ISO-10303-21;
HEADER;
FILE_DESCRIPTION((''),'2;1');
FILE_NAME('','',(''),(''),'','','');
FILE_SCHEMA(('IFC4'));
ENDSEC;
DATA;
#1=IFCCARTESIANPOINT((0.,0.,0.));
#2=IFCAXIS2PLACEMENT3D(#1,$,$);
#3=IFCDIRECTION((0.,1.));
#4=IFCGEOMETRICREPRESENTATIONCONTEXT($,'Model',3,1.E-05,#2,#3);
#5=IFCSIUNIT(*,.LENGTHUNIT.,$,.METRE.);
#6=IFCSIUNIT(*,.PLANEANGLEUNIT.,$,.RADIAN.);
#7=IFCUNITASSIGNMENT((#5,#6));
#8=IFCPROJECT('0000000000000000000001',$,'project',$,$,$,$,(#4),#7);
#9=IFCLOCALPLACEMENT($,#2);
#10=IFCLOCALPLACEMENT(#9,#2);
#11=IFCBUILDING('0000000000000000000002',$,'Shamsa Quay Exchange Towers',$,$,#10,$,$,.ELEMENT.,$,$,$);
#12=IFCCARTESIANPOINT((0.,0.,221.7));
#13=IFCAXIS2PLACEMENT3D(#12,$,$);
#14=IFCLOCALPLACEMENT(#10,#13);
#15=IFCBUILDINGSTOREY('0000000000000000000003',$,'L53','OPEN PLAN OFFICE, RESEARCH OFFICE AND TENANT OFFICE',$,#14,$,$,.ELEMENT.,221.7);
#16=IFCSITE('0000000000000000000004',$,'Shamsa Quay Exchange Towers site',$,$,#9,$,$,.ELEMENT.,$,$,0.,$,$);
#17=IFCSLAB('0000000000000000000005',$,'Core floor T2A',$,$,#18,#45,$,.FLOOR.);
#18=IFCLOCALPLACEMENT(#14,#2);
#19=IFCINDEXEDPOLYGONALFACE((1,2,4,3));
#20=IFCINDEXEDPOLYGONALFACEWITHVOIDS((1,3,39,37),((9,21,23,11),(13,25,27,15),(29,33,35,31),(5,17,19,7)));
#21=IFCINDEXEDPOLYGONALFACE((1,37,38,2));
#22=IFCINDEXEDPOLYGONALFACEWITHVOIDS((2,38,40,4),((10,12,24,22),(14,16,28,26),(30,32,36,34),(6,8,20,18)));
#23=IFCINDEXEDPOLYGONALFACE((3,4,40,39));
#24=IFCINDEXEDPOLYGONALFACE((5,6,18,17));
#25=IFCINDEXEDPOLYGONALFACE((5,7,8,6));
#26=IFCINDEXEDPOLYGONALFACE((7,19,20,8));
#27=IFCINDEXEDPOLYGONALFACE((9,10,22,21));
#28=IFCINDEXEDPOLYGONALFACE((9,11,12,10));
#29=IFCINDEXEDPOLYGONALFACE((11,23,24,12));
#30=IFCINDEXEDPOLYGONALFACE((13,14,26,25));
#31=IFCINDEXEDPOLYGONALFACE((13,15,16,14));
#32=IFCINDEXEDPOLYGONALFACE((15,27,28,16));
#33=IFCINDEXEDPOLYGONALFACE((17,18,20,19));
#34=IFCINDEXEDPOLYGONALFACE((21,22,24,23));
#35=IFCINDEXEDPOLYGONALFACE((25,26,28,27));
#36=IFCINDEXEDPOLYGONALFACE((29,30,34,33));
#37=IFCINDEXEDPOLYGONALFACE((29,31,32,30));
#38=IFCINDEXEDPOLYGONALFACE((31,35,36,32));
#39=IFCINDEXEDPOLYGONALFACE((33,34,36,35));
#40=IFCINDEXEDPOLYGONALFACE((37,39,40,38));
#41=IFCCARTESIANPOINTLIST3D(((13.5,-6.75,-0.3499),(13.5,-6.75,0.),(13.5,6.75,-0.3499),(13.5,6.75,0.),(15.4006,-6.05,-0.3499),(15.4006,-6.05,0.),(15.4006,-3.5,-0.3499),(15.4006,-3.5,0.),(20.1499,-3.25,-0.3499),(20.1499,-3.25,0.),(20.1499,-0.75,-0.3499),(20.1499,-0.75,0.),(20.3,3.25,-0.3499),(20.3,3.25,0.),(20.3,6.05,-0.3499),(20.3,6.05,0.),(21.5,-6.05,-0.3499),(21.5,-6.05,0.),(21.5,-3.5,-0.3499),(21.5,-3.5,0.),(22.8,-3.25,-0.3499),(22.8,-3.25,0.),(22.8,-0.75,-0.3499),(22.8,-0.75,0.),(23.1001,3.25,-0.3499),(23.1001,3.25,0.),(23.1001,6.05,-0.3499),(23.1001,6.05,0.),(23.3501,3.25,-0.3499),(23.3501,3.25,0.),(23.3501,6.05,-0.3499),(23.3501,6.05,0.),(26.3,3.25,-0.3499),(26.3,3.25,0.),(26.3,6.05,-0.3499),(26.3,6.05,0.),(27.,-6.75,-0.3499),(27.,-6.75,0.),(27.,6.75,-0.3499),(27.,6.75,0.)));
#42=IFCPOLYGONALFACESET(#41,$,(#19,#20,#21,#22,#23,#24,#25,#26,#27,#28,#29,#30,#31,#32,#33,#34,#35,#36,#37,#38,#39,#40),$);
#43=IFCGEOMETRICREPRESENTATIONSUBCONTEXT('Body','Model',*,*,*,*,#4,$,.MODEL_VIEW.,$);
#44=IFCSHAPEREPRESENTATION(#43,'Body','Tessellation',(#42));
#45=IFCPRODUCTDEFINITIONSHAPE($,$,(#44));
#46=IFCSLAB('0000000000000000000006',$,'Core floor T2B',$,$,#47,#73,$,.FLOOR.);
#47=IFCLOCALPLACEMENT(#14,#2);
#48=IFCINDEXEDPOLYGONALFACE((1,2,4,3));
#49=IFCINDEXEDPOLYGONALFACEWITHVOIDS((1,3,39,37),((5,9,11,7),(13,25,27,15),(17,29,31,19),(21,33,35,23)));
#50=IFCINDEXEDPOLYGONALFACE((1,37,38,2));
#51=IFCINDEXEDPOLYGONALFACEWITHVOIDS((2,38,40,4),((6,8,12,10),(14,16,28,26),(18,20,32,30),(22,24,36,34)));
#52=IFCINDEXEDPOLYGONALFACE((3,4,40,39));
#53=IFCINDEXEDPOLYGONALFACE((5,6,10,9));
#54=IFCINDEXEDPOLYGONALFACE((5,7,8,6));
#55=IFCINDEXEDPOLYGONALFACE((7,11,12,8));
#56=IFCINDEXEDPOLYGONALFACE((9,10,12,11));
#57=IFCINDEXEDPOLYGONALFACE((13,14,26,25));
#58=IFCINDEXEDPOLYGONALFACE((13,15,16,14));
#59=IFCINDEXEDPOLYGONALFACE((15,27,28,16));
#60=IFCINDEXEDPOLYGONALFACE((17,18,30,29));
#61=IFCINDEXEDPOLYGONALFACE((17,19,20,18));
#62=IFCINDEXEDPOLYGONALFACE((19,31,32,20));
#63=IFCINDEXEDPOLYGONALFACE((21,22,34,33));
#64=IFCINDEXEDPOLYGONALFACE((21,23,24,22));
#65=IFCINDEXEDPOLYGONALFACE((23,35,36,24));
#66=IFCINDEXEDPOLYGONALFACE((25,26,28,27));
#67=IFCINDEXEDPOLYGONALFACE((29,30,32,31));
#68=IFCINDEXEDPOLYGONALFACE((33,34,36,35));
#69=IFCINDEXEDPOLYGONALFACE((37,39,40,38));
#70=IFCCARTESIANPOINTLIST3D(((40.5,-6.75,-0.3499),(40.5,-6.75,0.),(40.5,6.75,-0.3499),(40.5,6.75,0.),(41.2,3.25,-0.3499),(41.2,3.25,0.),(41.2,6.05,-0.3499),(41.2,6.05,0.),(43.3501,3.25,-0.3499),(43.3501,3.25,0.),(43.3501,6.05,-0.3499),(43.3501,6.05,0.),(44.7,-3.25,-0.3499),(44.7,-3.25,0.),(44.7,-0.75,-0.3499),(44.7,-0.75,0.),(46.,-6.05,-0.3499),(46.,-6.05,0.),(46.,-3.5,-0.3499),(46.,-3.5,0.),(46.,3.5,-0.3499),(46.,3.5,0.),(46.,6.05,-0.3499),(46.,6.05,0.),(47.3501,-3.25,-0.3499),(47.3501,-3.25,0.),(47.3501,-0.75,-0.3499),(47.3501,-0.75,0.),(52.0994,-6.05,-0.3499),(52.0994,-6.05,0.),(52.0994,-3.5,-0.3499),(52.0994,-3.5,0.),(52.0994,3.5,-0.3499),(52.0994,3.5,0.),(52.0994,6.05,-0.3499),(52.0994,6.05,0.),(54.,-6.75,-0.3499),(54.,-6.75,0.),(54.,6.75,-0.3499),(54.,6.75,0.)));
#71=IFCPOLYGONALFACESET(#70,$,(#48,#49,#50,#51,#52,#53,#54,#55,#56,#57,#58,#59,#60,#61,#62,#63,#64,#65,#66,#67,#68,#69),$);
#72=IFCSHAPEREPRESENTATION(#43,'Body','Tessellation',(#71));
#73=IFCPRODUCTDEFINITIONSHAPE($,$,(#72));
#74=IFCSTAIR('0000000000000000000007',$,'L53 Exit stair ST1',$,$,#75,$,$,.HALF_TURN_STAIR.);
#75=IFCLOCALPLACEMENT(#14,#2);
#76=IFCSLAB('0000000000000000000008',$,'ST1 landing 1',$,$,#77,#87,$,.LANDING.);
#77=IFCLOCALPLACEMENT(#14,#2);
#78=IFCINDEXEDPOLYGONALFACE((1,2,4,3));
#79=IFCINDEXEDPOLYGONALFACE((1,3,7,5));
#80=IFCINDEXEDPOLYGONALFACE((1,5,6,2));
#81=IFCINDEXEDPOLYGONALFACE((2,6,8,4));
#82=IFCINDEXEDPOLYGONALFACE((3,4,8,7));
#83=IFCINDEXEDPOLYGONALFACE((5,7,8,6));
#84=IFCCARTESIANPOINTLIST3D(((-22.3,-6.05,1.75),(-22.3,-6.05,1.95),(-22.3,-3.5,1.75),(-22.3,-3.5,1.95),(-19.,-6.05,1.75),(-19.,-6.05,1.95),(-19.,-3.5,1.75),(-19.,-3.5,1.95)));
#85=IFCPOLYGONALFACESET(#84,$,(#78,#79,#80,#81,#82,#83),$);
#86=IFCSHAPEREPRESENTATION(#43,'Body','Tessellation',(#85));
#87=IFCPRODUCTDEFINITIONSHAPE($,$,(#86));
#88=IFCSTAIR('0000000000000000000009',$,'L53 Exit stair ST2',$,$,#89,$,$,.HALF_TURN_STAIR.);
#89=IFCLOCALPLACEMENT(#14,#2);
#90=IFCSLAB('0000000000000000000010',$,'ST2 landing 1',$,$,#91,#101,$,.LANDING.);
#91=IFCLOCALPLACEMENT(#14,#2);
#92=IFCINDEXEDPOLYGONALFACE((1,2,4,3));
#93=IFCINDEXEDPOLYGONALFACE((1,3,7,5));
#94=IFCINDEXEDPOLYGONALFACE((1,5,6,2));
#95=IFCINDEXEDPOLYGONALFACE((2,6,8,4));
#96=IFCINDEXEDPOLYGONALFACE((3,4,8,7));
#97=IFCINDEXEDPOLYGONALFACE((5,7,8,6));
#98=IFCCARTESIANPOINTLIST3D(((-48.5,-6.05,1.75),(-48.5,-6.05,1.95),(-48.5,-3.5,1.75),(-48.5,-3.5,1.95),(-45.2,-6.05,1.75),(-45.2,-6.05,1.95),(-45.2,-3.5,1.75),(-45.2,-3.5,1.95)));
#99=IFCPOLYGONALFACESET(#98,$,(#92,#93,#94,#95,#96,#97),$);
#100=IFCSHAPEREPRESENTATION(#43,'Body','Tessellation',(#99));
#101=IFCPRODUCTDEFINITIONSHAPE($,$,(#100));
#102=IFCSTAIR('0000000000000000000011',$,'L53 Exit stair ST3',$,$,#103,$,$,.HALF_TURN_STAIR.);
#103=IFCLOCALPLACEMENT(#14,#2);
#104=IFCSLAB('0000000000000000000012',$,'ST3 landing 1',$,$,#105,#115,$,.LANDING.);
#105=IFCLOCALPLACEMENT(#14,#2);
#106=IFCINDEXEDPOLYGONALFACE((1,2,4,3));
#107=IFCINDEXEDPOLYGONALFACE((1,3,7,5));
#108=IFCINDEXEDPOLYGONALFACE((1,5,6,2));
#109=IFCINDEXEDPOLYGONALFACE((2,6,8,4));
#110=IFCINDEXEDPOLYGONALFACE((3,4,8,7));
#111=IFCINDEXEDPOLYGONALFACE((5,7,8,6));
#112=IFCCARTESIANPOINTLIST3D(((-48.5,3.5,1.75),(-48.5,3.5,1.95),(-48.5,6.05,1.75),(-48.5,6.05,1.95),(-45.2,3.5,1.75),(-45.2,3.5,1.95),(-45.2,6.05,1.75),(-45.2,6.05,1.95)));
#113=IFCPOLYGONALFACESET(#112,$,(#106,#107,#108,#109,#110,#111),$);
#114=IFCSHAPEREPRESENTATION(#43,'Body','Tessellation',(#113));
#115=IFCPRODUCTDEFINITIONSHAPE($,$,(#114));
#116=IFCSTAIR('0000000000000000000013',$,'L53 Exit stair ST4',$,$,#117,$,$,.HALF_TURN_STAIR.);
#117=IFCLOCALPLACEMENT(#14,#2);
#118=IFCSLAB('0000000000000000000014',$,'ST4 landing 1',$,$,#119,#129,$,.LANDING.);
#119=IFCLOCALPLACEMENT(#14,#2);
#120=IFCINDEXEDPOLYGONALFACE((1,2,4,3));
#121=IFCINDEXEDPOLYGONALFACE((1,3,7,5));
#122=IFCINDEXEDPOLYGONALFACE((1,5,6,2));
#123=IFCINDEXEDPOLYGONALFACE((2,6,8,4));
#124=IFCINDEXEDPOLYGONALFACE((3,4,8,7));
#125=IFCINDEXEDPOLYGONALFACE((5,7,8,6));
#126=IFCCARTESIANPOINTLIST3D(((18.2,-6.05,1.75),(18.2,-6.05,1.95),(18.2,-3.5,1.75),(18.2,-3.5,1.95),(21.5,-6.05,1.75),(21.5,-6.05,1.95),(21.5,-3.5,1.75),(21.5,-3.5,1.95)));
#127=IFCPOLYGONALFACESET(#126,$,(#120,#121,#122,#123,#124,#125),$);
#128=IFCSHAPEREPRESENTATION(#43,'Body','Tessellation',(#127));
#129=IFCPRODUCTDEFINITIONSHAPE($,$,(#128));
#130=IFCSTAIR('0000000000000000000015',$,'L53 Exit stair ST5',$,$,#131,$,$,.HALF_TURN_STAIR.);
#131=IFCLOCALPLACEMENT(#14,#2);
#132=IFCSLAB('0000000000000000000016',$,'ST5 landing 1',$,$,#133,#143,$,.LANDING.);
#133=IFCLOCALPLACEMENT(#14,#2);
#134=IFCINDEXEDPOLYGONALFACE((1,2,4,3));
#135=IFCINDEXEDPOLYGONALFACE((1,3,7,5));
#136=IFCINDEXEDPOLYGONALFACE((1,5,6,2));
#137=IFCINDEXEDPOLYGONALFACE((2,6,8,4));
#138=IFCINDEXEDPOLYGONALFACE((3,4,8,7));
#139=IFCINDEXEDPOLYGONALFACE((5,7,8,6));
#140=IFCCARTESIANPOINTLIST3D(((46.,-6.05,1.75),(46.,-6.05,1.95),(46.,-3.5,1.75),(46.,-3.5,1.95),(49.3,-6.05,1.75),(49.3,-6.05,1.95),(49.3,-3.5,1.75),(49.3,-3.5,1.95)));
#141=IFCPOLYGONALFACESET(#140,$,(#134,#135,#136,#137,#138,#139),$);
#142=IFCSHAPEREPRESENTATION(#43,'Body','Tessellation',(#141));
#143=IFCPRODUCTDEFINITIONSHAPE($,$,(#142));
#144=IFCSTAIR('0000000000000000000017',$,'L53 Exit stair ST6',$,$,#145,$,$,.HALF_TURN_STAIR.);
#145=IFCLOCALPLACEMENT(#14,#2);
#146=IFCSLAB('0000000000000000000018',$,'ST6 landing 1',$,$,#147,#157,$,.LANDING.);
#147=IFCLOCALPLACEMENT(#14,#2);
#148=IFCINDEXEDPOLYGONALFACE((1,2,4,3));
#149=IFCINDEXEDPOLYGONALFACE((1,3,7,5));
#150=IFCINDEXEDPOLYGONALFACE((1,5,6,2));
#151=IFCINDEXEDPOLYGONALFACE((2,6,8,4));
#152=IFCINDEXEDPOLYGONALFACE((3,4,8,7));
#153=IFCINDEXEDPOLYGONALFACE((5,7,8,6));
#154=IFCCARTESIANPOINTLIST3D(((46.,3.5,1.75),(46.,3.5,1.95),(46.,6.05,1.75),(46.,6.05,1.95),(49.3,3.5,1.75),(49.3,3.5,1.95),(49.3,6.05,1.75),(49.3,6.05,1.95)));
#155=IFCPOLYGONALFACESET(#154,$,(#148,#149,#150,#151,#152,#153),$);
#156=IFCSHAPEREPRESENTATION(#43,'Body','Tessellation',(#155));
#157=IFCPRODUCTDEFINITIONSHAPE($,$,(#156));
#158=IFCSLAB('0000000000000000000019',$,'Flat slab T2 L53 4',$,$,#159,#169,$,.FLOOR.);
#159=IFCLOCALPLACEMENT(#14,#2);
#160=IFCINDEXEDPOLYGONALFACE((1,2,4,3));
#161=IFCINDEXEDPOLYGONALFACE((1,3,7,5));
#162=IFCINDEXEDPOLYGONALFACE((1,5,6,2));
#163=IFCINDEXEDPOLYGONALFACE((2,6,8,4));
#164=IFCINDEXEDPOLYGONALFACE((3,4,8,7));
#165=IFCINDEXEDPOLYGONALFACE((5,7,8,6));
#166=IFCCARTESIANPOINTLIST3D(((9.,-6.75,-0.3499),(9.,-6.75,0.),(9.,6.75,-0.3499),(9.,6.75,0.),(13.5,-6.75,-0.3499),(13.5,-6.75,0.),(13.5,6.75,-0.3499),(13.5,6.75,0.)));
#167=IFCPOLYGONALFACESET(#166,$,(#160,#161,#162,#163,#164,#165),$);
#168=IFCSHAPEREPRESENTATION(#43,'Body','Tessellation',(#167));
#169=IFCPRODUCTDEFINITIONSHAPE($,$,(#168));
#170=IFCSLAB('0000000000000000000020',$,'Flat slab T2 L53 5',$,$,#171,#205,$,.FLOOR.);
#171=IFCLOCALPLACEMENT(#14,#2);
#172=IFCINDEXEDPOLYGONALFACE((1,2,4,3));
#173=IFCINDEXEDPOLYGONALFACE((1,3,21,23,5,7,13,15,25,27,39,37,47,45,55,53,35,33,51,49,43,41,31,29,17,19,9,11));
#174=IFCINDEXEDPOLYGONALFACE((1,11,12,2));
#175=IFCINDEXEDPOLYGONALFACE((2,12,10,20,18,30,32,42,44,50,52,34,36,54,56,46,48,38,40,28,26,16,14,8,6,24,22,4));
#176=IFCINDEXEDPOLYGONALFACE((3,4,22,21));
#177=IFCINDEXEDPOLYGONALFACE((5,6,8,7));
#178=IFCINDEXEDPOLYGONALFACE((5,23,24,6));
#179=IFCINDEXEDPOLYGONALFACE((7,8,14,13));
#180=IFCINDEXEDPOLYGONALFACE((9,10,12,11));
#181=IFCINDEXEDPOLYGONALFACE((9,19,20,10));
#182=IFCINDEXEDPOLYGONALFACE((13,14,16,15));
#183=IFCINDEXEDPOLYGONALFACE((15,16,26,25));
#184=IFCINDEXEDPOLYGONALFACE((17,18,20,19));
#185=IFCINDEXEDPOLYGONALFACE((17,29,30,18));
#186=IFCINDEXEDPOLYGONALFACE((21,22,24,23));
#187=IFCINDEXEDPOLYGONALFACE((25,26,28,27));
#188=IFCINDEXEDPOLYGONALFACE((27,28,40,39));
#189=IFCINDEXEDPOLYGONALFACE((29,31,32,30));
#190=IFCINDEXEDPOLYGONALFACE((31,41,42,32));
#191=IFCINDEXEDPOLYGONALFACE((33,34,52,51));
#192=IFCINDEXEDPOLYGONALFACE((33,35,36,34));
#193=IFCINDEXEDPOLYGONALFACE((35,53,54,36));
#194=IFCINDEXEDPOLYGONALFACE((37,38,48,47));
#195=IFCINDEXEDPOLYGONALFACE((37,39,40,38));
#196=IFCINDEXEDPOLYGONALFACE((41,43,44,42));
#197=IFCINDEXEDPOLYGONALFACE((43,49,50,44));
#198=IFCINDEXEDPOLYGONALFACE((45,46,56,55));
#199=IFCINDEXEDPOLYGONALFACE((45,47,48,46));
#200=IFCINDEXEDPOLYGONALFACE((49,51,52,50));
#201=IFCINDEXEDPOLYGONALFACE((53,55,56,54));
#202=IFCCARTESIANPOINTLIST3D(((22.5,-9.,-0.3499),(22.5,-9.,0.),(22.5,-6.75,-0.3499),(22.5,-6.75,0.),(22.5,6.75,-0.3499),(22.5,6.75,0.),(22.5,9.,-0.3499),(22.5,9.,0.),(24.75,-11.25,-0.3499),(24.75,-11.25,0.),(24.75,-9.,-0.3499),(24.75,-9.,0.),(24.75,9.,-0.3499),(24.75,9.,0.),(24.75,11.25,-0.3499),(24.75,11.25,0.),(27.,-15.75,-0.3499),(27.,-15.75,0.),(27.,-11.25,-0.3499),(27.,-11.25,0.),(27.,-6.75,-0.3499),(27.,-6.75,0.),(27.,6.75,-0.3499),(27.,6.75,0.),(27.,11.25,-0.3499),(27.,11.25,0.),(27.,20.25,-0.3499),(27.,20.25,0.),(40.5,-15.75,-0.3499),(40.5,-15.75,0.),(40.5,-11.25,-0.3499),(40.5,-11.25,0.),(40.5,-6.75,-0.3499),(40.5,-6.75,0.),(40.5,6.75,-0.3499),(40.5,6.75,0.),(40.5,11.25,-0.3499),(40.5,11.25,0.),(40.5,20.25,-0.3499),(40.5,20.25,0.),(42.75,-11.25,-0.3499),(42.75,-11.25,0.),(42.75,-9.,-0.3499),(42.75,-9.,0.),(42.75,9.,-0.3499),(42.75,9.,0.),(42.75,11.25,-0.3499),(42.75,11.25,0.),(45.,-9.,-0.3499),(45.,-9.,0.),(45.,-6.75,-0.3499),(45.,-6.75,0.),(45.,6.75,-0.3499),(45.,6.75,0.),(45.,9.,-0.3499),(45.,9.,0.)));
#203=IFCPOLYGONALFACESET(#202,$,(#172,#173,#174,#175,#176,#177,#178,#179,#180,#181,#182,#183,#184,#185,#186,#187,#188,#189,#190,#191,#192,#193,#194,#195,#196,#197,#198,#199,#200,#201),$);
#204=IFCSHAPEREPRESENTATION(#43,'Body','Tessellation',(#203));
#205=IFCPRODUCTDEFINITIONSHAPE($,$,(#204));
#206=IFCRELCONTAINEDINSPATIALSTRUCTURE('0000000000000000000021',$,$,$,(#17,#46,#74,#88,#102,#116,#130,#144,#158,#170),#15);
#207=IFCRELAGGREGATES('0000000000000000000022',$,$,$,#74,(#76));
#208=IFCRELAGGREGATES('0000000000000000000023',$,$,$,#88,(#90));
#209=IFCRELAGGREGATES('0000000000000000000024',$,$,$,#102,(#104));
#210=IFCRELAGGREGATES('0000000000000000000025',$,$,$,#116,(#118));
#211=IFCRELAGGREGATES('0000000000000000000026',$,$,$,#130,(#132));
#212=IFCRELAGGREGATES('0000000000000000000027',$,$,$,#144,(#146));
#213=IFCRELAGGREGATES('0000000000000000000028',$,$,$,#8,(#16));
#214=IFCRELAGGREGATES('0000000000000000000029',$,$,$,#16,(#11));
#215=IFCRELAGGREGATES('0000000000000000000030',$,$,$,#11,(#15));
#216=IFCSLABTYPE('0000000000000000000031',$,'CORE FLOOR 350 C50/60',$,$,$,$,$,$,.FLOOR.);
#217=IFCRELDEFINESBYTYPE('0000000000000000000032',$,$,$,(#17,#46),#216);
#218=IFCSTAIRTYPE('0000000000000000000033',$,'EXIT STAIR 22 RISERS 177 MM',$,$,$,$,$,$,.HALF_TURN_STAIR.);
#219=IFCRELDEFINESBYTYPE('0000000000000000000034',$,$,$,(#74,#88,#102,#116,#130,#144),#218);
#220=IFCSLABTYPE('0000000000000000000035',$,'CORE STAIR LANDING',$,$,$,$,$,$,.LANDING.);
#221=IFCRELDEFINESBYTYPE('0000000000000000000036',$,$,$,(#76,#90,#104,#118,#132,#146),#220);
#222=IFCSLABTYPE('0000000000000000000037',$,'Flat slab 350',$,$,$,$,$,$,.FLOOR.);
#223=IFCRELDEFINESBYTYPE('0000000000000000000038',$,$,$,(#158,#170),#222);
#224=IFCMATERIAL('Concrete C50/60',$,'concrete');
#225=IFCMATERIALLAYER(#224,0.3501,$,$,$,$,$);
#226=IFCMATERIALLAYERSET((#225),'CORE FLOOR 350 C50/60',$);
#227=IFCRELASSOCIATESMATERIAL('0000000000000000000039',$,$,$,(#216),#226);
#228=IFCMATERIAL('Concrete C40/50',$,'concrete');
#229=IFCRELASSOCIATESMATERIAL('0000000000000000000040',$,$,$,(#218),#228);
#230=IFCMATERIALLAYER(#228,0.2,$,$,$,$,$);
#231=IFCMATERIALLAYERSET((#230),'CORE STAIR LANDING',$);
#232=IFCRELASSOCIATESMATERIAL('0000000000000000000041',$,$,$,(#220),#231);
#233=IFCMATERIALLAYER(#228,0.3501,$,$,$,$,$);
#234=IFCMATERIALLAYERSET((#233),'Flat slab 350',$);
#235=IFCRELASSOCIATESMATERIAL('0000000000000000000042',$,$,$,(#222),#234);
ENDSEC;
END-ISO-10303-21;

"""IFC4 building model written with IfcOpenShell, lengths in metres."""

from ifc_helpers import new_model, si_unit, direction, frame, origin, place, context, subcontext, project, spatial, polyline, outline, extrude, material, layer, layer_set, type_object, element, aggregate, save


model = new_model("IFC4")

# Units and contexts
model_context = context("Model", 3, precision=1e-05, world=origin(), true_north=direction((0.0, 1.0)))
body_context = subcontext(model_context, "Body", "Model", "MODEL_VIEW")
ifc_project = project(units=[si_unit("LENGTHUNIT", "METRE"), si_unit("PLANEANGLEUNIT", "RADIAN")], contexts=[model_context])

# Site, building, storey
site_placement = place(None, origin())
site = spatial("IfcSite", under=ifc_project, at=site_placement, Name="Shamsa Quay Exchange Towers site", CompositionType="ELEMENT", RefElevation=0.0)
building_placement = place(site_placement, origin())
building = spatial("IfcBuilding", under=site, at=building_placement, Name="Shamsa Quay Exchange Towers", CompositionType="ELEMENT")
storey_placement = place(building_placement, frame((0.0, 0.0, 221.7)))
storey = spatial("IfcBuildingStorey", under=building, at=storey_placement, Name="L53", Description="OPEN PLAN OFFICE, RESEARCH OFFICE AND TENANT OFFICE", CompositionType="ELEMENT", Elevation=221.7)

# Slabs
ifc_material_1 = material(Name="Concrete C50/60", Category="concrete")
ifc_layer_1 = layer(ifc_material_1, 0.3501)
ifc_layer_set_1 = layer_set([ifc_layer_1], Name="CORE FLOOR 350 C50/60")
slab_type_1 = type_object("IfcSlabType", Name="CORE FLOOR 350 C50/60", PredefinedType="FLOOR", material=ifc_layer_set_1)
slab_1_placement = place(storey_placement, frame((0.0, 0.0, -0.3499)))
element("IfcSlab", 1, at=slab_1_placement, inside=storey, type_object=slab_type_1, Name="Core floor T2A", PredefinedType="FLOOR", context=body_context, shape_type="SweptSolid", body=[
    extrude(outline(polyline([(13.5, -6.75), (27.0, -6.75), (27.0, 6.75), (13.5, 6.75), (13.5, -6.75)]), holes=[polyline([(15.4006, -6.05), (15.4006, -3.5), (21.5, -3.5), (21.5, -6.05), (15.4006, -6.05)]), polyline([(20.3, 3.25), (20.3, 6.05), (23.1001, 6.05), (23.1001, 3.25), (20.3, 3.25)]), polyline([(23.3501, 3.25), (23.3501, 6.05), (26.3, 6.05), (26.3, 3.25), (23.3501, 3.25)]), polyline([(20.1499, -3.25), (20.1499, -0.75), (22.8, -0.75), (22.8, -3.25), (20.1499, -3.25)])]), origin(), (0.0, 0.0, 1.0), 0.3499),
])
slab_2_placement = place(storey_placement, frame((0.0, 0.0, -0.3499)))
element("IfcSlab", 2, at=slab_2_placement, inside=storey, type_object=slab_type_1, Name="Core floor T2B", PredefinedType="FLOOR", context=body_context, shape_type="SweptSolid", body=[
    extrude(outline(polyline([(54.0, -6.75), (54.0, 6.75), (40.5, 6.75), (40.5, -6.75), (54.0, -6.75)]), holes=[polyline([(52.0994, -3.5), (52.0994, -6.05), (46.0, -6.05), (46.0, -3.5), (52.0994, -3.5)]), polyline([(52.0994, 6.05), (52.0994, 3.5), (46.0, 3.5), (46.0, 6.05), (52.0994, 6.05)]), polyline([(43.3501, 3.25), (41.2, 3.25), (41.2, 6.05), (43.3501, 6.05), (43.3501, 3.25)]), polyline([(47.3501, -3.25), (44.7, -3.25), (44.7, -0.75), (47.3501, -0.75), (47.3501, -3.25)])]), origin(), (0.0, 0.0, 1.0), 0.3499),
])

# Stairs, slabs
ifc_material_2 = material(Name="Concrete C40/50", Category="concrete")
stair_type = type_object("IfcStairType", Name="EXIT STAIR 22 RISERS 177 MM", PredefinedType="HALF_TURN_STAIR", material=ifc_material_2)
stair_1_placement = place(storey_placement, origin())
stair_1 = element("IfcStair", 3, at=stair_1_placement, inside=storey, type_object=stair_type, Name="L53 Exit stair ST1", PredefinedType="HALF_TURN_STAIR")
ifc_layer_2 = layer(ifc_material_2, 0.2)
ifc_layer_set_2 = layer_set([ifc_layer_2], Name="CORE STAIR LANDING")
slab_type_2 = type_object("IfcSlabType", Name="CORE STAIR LANDING", PredefinedType="LANDING", material=ifc_layer_set_2)
slab_3_placement = place(storey_placement, frame((0.0, 0.0, 1.75)))
slab_3 = element("IfcSlab", 4, at=slab_3_placement, type_object=slab_type_2, Name="ST1 landing 1", PredefinedType="LANDING", context=body_context, shape_type="SweptSolid", body=[
    extrude(outline(polyline([(-22.3, -6.05), (-19.0, -6.05), (-19.0, -3.5), (-22.3, -3.5), (-22.3, -6.05)])), origin(), (0.0, 0.0, 1.0), 0.2),
])
aggregate(stair_1, [slab_3])
stair_2_placement = place(storey_placement, origin())
stair_2 = element("IfcStair", 5, at=stair_2_placement, inside=storey, type_object=stair_type, Name="L53 Exit stair ST2", PredefinedType="HALF_TURN_STAIR")
slab_4_placement = place(storey_placement, frame((0.0, 0.0, 1.75)))
slab_4 = element("IfcSlab", 6, at=slab_4_placement, type_object=slab_type_2, Name="ST2 landing 1", PredefinedType="LANDING", context=body_context, shape_type="SweptSolid", body=[
    extrude(outline(polyline([(-45.2, -3.5), (-48.5, -3.5), (-48.5, -6.05), (-45.2, -6.05), (-45.2, -3.5)])), origin(), (0.0, 0.0, 1.0), 0.2),
])
aggregate(stair_2, [slab_4])
stair_3_placement = place(storey_placement, origin())
stair_3 = element("IfcStair", 7, at=stair_3_placement, inside=storey, type_object=stair_type, Name="L53 Exit stair ST3", PredefinedType="HALF_TURN_STAIR")
slab_5_placement = place(storey_placement, frame((0.0, 0.0, 1.75)))
slab_5 = element("IfcSlab", 8, at=slab_5_placement, type_object=slab_type_2, Name="ST3 landing 1", PredefinedType="LANDING", context=body_context, shape_type="SweptSolid", body=[
    extrude(outline(polyline([(-45.2, 6.05), (-48.5, 6.05), (-48.5, 3.5), (-45.2, 3.5), (-45.2, 6.05)])), origin(), (0.0, 0.0, 1.0), 0.2),
])
aggregate(stair_3, [slab_5])
stair_4_placement = place(storey_placement, origin())
stair_4 = element("IfcStair", 9, at=stair_4_placement, inside=storey, type_object=stair_type, Name="L53 Exit stair ST4", PredefinedType="HALF_TURN_STAIR")
slab_6_placement = place(storey_placement, frame((0.0, 0.0, 1.75)))
slab_6 = element("IfcSlab", 10, at=slab_6_placement, type_object=slab_type_2, Name="ST4 landing 1", PredefinedType="LANDING", context=body_context, shape_type="SweptSolid", body=[
    extrude(outline(polyline([(18.2, -6.05), (21.5, -6.05), (21.5, -3.5), (18.2, -3.5), (18.2, -6.05)])), origin(), (0.0, 0.0, 1.0), 0.2),
])
aggregate(stair_4, [slab_6])
stair_5_placement = place(storey_placement, origin())
stair_5 = element("IfcStair", 11, at=stair_5_placement, inside=storey, type_object=stair_type, Name="L53 Exit stair ST5", PredefinedType="HALF_TURN_STAIR")
slab_7_placement = place(storey_placement, frame((0.0, 0.0, 1.75)))
slab_7 = element("IfcSlab", 12, at=slab_7_placement, type_object=slab_type_2, Name="ST5 landing 1", PredefinedType="LANDING", context=body_context, shape_type="SweptSolid", body=[
    extrude(outline(polyline([(49.3, -3.5), (46.0, -3.5), (46.0, -6.05), (49.3, -6.05), (49.3, -3.5)])), origin(), (0.0, 0.0, 1.0), 0.2),
])
aggregate(stair_5, [slab_7])
stair_6_placement = place(storey_placement, origin())
stair_6 = element("IfcStair", 13, at=stair_6_placement, inside=storey, type_object=stair_type, Name="L53 Exit stair ST6", PredefinedType="HALF_TURN_STAIR")
slab_8_placement = place(storey_placement, frame((0.0, 0.0, 1.75)))
slab_8 = element("IfcSlab", 14, at=slab_8_placement, type_object=slab_type_2, Name="ST6 landing 1", PredefinedType="LANDING", context=body_context, shape_type="SweptSolid", body=[
    extrude(outline(polyline([(49.3, 6.05), (46.0, 6.05), (46.0, 3.5), (49.3, 3.5), (49.3, 6.05)])), origin(), (0.0, 0.0, 1.0), 0.2),
])
aggregate(stair_6, [slab_8])

# Slabs
ifc_layer_3 = layer(ifc_material_2, 0.3501)
ifc_layer_set_3 = layer_set([ifc_layer_3], Name="Flat slab 350")
slab_type_3 = type_object("IfcSlabType", Name="Flat slab 350", PredefinedType="FLOOR", material=ifc_layer_set_3)
slab_9_placement = place(storey_placement, frame((0.0, 0.0, -0.3499)))
element("IfcSlab", 15, at=slab_9_placement, inside=storey, type_object=slab_type_3, Name="Flat slab T2 L53 4", PredefinedType="FLOOR", context=body_context, shape_type="SweptSolid", body=[
    extrude(outline(polyline([(9.0, -6.75), (13.5, -6.75), (13.5, 6.75), (9.0, 6.75), (9.0, -6.75)])), origin(), (0.0, 0.0, 1.0), 0.3499),
])
slab_10_placement = place(storey_placement, frame((0.0, 0.0, -0.3499)))
element("IfcSlab", 16, at=slab_10_placement, inside=storey, type_object=slab_type_3, Name="Flat slab T2 L53 5", PredefinedType="FLOOR", context=body_context, shape_type="SweptSolid", body=[
    extrude(outline(polyline([(45.0, -9.0), (45.0, -6.75), (40.5, -6.75), (40.5, 6.75), (45.0, 6.75), (45.0, 9.0), (42.75, 9.0), (42.75, 11.25), (40.5, 11.25), (40.5, 20.25), (27.0, 20.25), (27.0, 11.25), (24.75, 11.25), (24.75, 9.0), (22.5, 9.0), (22.5, 6.75), (27.0, 6.75), (27.0, -6.75), (22.5, -6.75), (22.5, -9.0), (24.75, -9.0), (24.75, -11.25), (27.0, -11.25), (27.0, -15.75), (40.5, -15.75), (40.5, -11.25), (42.75, -11.25), (42.75, -9.0), (45.0, -9.0)])), origin(), (0.0, 0.0, 1.0), 0.3499),
])

save(model, "model.ifc")
